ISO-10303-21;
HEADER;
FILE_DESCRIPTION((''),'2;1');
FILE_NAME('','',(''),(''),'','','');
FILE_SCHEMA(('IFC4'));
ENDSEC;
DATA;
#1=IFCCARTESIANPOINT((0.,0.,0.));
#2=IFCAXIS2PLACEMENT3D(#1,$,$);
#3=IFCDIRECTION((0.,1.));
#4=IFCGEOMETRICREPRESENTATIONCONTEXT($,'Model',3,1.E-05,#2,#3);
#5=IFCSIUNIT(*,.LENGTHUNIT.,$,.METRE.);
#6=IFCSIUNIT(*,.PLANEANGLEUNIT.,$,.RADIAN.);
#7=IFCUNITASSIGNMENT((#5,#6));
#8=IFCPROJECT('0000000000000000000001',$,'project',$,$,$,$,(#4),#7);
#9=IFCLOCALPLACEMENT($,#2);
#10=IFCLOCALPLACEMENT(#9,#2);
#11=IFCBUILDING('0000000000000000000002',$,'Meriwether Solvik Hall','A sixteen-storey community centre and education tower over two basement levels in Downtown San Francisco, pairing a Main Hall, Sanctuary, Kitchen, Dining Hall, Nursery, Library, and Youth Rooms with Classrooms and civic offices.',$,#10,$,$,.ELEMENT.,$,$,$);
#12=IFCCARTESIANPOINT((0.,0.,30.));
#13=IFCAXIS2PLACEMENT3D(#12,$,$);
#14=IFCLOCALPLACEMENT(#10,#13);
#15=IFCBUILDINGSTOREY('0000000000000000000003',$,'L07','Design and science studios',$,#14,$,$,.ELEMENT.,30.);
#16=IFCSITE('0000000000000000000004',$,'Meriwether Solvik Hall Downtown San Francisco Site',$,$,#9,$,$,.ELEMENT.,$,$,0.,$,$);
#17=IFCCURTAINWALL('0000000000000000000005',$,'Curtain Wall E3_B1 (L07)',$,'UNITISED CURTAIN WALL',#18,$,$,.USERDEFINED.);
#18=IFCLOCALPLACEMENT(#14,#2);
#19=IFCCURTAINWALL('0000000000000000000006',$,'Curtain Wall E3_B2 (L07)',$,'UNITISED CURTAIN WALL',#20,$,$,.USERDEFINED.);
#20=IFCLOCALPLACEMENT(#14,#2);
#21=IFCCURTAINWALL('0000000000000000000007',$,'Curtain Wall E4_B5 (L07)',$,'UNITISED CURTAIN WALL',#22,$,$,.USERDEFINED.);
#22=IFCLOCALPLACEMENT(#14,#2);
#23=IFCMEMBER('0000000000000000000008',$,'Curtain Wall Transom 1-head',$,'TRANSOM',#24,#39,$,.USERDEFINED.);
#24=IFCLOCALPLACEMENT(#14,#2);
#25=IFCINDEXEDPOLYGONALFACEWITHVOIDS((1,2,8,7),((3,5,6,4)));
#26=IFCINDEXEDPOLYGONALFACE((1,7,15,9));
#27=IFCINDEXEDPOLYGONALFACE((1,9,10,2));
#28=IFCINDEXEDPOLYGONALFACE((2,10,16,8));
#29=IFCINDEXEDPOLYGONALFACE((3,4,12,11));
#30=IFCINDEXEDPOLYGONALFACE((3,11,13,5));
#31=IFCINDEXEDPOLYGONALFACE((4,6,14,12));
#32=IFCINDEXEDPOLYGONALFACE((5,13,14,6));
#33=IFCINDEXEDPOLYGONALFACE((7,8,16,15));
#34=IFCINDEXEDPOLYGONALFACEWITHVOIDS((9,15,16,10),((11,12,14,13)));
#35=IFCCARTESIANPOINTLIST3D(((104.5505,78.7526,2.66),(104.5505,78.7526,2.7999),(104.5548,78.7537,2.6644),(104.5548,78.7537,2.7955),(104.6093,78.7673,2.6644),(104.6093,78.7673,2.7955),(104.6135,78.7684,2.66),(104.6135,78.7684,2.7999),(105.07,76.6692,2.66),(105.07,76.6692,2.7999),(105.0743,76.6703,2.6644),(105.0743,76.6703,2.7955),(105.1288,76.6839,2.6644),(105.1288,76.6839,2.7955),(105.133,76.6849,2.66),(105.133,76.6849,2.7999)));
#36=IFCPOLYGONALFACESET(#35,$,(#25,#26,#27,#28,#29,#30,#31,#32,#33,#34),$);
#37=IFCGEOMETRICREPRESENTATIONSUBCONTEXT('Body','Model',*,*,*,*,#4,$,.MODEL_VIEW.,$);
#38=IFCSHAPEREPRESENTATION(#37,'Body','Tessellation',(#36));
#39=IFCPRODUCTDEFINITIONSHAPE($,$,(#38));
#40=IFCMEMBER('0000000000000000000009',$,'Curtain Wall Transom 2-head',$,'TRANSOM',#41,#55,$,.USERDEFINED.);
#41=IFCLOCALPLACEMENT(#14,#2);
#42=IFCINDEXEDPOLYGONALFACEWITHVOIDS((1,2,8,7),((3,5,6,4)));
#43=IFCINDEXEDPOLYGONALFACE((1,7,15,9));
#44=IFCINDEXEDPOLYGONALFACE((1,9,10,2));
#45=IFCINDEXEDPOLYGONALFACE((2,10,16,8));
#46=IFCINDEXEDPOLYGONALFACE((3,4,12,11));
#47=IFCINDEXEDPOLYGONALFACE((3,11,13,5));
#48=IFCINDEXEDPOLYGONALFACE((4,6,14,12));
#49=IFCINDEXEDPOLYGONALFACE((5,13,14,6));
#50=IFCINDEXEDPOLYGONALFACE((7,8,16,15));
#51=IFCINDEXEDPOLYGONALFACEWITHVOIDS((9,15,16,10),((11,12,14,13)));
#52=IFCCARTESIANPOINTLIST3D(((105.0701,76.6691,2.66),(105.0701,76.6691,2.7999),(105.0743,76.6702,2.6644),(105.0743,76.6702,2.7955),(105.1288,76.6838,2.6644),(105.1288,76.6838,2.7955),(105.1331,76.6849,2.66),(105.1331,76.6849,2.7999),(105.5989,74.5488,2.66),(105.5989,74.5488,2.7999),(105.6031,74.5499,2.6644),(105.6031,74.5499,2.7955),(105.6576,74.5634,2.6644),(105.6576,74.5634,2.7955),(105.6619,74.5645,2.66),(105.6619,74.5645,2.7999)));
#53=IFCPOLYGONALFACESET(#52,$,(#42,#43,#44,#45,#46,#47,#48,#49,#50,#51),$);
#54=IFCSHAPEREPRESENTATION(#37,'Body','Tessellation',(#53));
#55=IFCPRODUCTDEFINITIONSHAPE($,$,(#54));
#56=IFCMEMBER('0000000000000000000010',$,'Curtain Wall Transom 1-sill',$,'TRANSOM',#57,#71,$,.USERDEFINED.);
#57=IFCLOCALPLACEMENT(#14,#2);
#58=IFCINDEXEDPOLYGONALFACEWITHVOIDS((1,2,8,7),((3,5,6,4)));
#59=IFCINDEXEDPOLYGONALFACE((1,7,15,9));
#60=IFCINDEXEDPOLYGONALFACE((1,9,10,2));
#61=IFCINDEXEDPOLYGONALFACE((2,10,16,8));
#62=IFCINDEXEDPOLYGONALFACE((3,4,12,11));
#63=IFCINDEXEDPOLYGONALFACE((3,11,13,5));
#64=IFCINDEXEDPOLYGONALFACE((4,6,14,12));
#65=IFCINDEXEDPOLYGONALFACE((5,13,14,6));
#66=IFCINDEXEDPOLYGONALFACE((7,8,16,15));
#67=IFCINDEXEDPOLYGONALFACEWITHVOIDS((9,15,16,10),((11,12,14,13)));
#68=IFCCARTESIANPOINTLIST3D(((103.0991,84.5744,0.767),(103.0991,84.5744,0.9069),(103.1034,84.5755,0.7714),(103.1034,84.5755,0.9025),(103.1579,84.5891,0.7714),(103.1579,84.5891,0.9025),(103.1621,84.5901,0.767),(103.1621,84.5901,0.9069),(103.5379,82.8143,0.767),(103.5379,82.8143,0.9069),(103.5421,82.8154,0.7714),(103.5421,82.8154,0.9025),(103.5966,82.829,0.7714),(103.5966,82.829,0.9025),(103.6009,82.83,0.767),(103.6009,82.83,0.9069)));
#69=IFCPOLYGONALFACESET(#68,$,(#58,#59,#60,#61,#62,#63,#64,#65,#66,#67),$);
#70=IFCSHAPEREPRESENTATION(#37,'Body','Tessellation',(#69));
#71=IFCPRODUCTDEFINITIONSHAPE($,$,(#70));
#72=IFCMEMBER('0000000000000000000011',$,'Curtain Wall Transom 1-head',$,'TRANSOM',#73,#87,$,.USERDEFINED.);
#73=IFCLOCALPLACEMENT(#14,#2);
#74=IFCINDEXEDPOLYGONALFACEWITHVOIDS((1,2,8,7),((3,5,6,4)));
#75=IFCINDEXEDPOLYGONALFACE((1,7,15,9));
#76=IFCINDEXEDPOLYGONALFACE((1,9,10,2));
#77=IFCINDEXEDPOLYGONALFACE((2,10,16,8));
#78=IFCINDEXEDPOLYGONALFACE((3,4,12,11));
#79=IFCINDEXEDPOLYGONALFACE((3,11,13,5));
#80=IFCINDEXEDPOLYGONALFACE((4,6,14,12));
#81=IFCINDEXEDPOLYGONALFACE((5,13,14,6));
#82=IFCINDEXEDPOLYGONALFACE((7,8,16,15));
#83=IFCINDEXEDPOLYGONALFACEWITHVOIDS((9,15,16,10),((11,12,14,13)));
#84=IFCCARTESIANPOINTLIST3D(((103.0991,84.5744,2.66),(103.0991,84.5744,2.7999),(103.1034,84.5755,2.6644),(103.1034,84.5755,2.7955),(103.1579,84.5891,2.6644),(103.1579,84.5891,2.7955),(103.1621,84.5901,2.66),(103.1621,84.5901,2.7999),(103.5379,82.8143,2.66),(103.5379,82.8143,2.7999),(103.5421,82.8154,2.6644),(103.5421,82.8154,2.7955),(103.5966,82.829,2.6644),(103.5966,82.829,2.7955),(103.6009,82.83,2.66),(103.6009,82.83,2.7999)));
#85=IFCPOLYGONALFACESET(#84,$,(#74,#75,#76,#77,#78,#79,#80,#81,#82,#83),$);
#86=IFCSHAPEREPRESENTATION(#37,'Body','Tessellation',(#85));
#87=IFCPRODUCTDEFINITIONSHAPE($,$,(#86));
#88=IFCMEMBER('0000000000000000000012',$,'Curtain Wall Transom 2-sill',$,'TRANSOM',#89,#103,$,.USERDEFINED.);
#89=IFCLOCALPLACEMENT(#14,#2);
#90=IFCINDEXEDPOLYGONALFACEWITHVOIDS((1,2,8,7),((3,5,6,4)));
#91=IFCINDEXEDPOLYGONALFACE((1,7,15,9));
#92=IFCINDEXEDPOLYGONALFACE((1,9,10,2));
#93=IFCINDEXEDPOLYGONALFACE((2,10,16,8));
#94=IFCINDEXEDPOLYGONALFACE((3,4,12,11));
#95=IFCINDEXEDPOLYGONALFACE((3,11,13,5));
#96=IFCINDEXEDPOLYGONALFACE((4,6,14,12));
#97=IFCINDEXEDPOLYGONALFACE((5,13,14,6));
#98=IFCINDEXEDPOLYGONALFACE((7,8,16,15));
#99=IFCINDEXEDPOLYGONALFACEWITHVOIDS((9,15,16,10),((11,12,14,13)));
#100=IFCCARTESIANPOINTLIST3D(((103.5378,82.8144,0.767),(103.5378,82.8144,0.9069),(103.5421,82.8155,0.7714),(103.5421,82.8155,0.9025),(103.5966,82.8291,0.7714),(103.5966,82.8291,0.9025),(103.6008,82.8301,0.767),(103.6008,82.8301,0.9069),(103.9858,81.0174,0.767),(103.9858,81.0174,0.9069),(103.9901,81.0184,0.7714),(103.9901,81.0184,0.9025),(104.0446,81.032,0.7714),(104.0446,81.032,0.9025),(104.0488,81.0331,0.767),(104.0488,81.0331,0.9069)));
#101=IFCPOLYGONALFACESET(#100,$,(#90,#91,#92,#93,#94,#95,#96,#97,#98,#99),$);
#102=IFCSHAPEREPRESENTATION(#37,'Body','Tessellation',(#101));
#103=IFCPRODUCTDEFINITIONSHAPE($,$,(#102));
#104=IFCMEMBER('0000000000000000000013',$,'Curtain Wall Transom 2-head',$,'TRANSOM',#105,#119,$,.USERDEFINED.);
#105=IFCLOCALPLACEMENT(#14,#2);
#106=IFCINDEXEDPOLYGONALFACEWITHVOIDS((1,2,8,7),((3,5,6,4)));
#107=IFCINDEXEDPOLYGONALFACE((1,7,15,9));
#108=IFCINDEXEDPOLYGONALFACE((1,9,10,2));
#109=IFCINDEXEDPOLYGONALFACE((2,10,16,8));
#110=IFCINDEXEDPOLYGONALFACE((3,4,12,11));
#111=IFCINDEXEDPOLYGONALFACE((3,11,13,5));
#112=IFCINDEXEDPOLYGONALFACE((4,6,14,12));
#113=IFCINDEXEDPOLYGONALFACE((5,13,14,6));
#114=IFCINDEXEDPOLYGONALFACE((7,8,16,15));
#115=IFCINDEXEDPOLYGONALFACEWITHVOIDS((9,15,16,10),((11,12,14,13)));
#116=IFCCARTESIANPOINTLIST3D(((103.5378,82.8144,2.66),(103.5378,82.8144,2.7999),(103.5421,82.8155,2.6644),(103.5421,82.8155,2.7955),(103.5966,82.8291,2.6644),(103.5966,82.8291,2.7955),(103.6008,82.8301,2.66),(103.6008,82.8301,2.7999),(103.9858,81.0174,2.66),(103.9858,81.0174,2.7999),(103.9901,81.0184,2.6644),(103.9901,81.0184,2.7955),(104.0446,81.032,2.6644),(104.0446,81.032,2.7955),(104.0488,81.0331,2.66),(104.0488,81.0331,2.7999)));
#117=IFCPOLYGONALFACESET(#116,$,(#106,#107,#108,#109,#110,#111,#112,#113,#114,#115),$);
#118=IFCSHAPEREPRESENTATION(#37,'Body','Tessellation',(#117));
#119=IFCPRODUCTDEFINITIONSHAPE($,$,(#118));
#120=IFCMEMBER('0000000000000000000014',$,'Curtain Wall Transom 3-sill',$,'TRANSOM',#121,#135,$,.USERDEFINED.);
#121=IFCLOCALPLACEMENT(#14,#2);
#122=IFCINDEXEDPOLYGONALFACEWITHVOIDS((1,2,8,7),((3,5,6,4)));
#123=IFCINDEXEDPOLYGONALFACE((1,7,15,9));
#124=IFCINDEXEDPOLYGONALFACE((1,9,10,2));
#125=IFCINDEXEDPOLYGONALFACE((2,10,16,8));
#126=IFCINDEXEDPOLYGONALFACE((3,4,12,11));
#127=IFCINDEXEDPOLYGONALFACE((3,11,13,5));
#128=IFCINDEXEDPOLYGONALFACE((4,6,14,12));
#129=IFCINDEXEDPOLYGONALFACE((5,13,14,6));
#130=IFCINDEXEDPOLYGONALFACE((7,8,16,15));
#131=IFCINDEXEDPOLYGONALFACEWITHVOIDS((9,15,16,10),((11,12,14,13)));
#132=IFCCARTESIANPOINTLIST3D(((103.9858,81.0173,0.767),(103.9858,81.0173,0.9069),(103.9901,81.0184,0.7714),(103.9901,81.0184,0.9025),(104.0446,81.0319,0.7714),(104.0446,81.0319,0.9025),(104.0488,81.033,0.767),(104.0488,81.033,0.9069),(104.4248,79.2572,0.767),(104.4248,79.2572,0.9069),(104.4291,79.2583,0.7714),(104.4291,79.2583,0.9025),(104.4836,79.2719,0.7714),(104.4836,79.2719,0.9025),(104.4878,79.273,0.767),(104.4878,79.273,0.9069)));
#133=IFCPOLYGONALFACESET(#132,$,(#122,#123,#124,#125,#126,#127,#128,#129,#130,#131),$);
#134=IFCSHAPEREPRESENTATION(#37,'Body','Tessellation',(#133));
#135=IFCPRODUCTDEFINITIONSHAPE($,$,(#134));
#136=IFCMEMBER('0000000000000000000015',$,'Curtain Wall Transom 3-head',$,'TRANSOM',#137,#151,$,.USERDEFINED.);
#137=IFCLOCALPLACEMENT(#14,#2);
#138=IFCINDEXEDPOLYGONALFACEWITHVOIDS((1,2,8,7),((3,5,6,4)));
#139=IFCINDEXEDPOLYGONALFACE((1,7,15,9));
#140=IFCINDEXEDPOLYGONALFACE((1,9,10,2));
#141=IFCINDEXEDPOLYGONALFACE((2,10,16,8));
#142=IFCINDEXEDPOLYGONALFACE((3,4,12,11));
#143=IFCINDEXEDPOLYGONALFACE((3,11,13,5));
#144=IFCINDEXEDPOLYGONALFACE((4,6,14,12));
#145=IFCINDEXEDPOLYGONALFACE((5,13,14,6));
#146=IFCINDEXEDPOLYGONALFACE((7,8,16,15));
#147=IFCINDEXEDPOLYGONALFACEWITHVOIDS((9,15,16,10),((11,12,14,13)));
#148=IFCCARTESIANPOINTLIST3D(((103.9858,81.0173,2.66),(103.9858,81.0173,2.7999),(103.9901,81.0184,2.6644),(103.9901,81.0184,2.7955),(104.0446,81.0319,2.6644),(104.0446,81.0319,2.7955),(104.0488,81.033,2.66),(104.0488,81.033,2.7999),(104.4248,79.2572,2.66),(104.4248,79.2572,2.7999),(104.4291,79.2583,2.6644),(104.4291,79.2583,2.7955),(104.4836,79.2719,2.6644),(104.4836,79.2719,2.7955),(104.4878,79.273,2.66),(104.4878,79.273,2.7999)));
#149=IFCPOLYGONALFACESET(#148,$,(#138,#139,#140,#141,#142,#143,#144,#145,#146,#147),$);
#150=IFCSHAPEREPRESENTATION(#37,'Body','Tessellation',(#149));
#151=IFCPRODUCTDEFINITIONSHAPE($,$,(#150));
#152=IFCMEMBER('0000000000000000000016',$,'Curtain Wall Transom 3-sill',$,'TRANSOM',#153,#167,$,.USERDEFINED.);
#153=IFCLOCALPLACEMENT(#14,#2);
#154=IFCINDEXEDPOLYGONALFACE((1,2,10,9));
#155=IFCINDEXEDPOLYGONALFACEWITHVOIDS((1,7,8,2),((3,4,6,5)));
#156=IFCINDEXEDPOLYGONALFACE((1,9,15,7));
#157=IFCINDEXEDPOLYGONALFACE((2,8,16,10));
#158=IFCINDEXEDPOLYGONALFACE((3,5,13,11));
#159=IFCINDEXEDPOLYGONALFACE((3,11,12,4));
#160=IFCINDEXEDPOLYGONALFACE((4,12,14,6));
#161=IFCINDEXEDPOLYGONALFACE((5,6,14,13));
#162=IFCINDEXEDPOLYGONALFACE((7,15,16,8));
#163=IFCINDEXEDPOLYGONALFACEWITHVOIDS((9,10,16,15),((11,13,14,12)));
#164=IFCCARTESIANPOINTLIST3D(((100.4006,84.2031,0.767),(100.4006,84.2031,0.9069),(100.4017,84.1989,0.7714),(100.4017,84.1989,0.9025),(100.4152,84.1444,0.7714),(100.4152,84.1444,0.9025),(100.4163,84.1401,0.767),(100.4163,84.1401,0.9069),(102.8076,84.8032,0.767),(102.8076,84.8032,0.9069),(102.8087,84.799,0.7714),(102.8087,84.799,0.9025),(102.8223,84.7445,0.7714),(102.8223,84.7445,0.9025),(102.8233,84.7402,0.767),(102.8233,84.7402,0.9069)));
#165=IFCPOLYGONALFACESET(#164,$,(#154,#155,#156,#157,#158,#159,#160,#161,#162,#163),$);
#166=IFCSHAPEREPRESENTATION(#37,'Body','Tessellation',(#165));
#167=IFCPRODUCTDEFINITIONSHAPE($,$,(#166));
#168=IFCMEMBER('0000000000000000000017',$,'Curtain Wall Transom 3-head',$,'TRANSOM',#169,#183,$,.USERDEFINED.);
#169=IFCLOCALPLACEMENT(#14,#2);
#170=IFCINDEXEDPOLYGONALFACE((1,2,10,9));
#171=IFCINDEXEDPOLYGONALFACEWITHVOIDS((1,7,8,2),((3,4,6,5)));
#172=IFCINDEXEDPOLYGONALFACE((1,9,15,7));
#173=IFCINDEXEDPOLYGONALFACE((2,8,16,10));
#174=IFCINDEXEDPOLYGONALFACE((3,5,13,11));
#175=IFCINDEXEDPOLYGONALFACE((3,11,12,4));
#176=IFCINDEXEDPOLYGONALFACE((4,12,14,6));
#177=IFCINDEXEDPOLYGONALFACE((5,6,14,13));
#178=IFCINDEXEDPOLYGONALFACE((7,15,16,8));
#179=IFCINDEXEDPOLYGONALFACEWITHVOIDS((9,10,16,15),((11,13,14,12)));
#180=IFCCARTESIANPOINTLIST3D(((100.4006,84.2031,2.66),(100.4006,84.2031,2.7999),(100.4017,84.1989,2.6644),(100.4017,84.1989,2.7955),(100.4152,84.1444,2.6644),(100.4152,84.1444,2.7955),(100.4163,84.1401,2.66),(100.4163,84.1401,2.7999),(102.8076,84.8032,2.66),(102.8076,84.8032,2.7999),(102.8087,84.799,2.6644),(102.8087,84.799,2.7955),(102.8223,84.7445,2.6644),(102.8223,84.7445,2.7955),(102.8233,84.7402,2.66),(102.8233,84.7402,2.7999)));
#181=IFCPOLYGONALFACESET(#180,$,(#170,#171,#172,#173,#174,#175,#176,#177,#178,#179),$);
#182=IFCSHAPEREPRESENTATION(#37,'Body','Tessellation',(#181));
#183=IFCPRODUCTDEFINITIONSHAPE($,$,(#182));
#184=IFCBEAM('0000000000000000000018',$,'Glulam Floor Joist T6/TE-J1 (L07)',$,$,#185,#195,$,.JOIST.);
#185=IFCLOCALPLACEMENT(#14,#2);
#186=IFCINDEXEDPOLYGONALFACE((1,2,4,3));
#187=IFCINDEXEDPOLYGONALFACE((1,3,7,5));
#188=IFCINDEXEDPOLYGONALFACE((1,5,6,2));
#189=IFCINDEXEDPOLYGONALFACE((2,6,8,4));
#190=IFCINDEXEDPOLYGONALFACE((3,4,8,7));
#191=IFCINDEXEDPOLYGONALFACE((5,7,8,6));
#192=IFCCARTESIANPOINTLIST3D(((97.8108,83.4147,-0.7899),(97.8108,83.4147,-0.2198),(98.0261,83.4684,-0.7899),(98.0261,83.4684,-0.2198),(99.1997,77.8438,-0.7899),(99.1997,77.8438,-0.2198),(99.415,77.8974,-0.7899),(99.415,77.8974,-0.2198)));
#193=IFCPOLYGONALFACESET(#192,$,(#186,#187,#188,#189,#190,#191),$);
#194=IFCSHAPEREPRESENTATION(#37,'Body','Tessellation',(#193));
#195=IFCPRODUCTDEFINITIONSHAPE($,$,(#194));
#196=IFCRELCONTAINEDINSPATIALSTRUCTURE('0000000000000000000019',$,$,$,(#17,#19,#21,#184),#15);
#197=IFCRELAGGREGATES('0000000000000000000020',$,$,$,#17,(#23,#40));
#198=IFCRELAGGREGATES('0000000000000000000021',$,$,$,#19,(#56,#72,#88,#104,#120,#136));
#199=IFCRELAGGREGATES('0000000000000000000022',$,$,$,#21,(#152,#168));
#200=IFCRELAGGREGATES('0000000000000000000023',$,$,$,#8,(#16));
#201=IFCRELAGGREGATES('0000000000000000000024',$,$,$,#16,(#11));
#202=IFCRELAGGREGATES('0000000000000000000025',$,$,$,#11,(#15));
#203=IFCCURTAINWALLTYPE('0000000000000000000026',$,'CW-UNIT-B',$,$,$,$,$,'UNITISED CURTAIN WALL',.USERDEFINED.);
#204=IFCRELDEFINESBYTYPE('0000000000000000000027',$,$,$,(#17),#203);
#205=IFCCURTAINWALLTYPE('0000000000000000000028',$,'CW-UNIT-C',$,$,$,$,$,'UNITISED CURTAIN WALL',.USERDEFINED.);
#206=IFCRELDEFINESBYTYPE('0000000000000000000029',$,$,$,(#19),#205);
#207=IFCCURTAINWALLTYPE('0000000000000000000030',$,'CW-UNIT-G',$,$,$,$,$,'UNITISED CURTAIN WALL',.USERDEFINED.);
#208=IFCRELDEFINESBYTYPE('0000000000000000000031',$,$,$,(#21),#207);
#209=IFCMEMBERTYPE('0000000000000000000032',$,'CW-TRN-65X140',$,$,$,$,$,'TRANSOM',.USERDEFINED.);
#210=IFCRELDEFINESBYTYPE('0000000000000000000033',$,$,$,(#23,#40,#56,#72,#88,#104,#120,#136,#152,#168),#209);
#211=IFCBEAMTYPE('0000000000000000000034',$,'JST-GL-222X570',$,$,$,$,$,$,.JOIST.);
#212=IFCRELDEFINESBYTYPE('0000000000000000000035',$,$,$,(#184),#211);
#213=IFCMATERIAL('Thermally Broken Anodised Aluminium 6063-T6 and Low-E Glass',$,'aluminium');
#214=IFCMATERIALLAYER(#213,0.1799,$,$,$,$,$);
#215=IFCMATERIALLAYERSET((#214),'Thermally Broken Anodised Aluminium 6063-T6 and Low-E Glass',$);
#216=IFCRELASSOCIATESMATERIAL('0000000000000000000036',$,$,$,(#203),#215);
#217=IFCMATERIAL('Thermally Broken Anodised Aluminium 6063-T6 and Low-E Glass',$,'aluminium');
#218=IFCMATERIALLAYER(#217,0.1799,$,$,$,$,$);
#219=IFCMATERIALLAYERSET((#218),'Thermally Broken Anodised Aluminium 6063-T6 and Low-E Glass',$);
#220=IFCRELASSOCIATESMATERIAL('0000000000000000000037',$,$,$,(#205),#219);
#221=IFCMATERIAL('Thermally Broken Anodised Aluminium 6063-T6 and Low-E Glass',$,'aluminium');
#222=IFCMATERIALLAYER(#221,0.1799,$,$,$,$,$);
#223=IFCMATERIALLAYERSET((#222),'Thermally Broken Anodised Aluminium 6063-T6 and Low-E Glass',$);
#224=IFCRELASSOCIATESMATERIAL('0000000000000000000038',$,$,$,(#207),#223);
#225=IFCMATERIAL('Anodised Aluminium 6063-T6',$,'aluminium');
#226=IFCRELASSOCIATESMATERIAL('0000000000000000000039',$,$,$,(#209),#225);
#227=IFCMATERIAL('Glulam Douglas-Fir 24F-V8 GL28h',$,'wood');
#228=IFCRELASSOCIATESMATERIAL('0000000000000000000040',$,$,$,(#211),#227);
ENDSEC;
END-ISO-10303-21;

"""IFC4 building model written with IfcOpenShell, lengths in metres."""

from ifc_helpers import new_model, si_unit, direction, frame, origin, origin_2d, place, context, subcontext, project, spatial, rectangle, hollow_rectangle, extrude, material, layer, layer_set, material_profile, profile_set, type_object, element, aggregate, save


model = new_model("IFC4")

# Units and contexts
model_context = context("Model", 3, precision=1e-05, world=origin(), true_north=direction((0.0, 1.0)))
body_context = subcontext(model_context, "Body", "Model", "MODEL_VIEW")
ifc_project = project(units=[si_unit("LENGTHUNIT", "METRE"), si_unit("PLANEANGLEUNIT", "RADIAN")], contexts=[model_context])

# Site, building, storey
site_placement = place(None, origin())
site = spatial("IfcSite", under=ifc_project, at=site_placement, Name="Meriwether Solvik Hall Downtown San Francisco Site", CompositionType="ELEMENT", RefElevation=0.0)
building_placement = place(site_placement, origin())
building = spatial("IfcBuilding", under=site, at=building_placement, Name="Meriwether Solvik Hall", Description="A sixteen-storey community centre and education tower over two basement levels in Downtown San Francisco, pairing a Main Hall, Sanctuary, Kitchen, Dining Hall, Nursery, Library, and Youth Rooms with Classrooms and civic offices.", CompositionType="ELEMENT")
storey_placement = place(building_placement, frame((0.0, 0.0, 30.0)))
storey = spatial("IfcBuildingStorey", under=building, at=storey_placement, Name="L07", Description="Design and science studios", CompositionType="ELEMENT", Elevation=30.0)

# Curtain wall
ifc_material_1 = material(Name="Thermally Broken Anodised Aluminium 6063-T6 and Low-E Glass", Category="aluminium")
ifc_layer_1 = layer(ifc_material_1, 0.1799)
ifc_layer_set_1 = layer_set([ifc_layer_1], Name="Thermally Broken Anodised Aluminium 6063-T6 and Low-E Glass")
curtain_wall_type_1 = type_object("IfcCurtainWallType", Name="CW-UNIT-B", ElementType="UNITISED CURTAIN WALL", PredefinedType="USERDEFINED", material=ifc_layer_set_1)
curtain_wall_1_placement = place(storey_placement, origin())
curtain_wall_1 = element("IfcCurtainWall", 1, at=curtain_wall_1_placement, inside=storey, type_object=curtain_wall_type_1, Name="Curtain Wall E3_B1 (L07)", ObjectType="UNITISED CURTAIN WALL", PredefinedType="USERDEFINED")

# Curtain walls
ifc_material_2 = material(Name="Thermally Broken Anodised Aluminium 6063-T6 and Low-E Glass", Category="aluminium")
ifc_layer_2 = layer(ifc_material_2, 0.1799)
ifc_layer_set_2 = layer_set([ifc_layer_2], Name="Thermally Broken Anodised Aluminium 6063-T6 and Low-E Glass")
curtain_wall_type_2 = type_object("IfcCurtainWallType", Name="CW-UNIT-C", ElementType="UNITISED CURTAIN WALL", PredefinedType="USERDEFINED", material=ifc_layer_set_2)
curtain_wall_2_placement = place(storey_placement, origin())
curtain_wall_2 = element("IfcCurtainWall", 2, at=curtain_wall_2_placement, inside=storey, type_object=curtain_wall_type_2, Name="Curtain Wall E3_B2 (L07)", ObjectType="UNITISED CURTAIN WALL", PredefinedType="USERDEFINED")
ifc_material_3 = material(Name="Thermally Broken Anodised Aluminium 6063-T6 and Low-E Glass", Category="aluminium")
ifc_layer_3 = layer(ifc_material_3, 0.1799)
ifc_layer_set_3 = layer_set([ifc_layer_3], Name="Thermally Broken Anodised Aluminium 6063-T6 and Low-E Glass")
curtain_wall_type_3 = type_object("IfcCurtainWallType", Name="CW-UNIT-G", ElementType="UNITISED CURTAIN WALL", PredefinedType="USERDEFINED", material=ifc_layer_set_3)
curtain_wall_3_placement = place(storey_placement, origin())
curtain_wall_3 = element("IfcCurtainWall", 3, at=curtain_wall_3_placement, inside=storey, type_object=curtain_wall_type_3, Name="Curtain Wall E4_B5 (L07)", ObjectType="UNITISED CURTAIN WALL", PredefinedType="USERDEFINED")

# Members
ifc_material_4 = material(Name="Anodised Aluminium 6063-T6", Category="aluminium")
ifc_material_profile_1 = material_profile(ifc_material_4, hollow_rectangle(XDim=0.0649, YDim=0.1399, WallThickness=0.0044, at=origin_2d()), Name="CWT-65X140")
ifc_profile_set_1 = profile_set([ifc_material_profile_1], Name="Anodised Aluminium 6063-T6")
member_type_1 = type_object("IfcMemberType", Name="CW-TRN-65X140", ElementType="TRANSOM", PredefinedType="USERDEFINED", material=ifc_profile_set_1)
member_1_placement = place(storey_placement, frame((104.582, 78.7605, 2.73), z_axis=(0.241947, -0.970289, 0.0), x_axis=(0.970289, 0.241947, 0.0)))
member_1 = element("IfcMember", 4, at=member_1_placement, type_object=member_type_1, Name="Curtain Wall Transom 1-head", ObjectType="TRANSOM", PredefinedType="USERDEFINED", context=body_context, shape_type="SweptSolid", body=[
    extrude(hollow_rectangle(XDim=0.0649, YDim=0.1399, WallThickness=0.0044, at=origin_2d()), origin(), (0.0, 0.0, 1.0), 2.1472),
])
member_2_placement = place(storey_placement, frame((105.1016, 76.677, 2.73), z_axis=(0.241984, -0.97028, 0.0), x_axis=(0.97028, 0.241984, 0.0)))
member_2 = element("IfcMember", 5, at=member_2_placement, type_object=member_type_1, Name="Curtain Wall Transom 2-head", ObjectType="TRANSOM", PredefinedType="USERDEFINED", context=body_context, shape_type="SweptSolid", body=[
    extrude(hollow_rectangle(XDim=0.0649, YDim=0.1399, WallThickness=0.0044, at=origin_2d()), origin(), (0.0, 0.0, 1.0), 2.1853),
])
member_3_placement = place(storey_placement, frame((103.1306, 84.5823, 0.8369), z_axis=(0.241871, -0.970309, 0.0), x_axis=(0.970309, 0.241871, 0.0)))
member_3 = element("IfcMember", 6, at=member_3_placement, type_object=member_type_1, Name="Curtain Wall Transom 1-sill", ObjectType="TRANSOM", PredefinedType="USERDEFINED", context=body_context, shape_type="SweptSolid", body=[
    extrude(hollow_rectangle(XDim=0.0649, YDim=0.1399, WallThickness=0.0044, at=origin_2d()), origin(), (0.0, 0.0, 1.0), 1.814),
])
member_4_placement = place(storey_placement, frame((103.1306, 84.5823, 2.73), z_axis=(0.241871, -0.970309, 0.0), x_axis=(0.970309, 0.241871, 0.0)))
member_4 = element("IfcMember", 7, at=member_4_placement, type_object=member_type_1, Name="Curtain Wall Transom 1-head", ObjectType="TRANSOM", PredefinedType="USERDEFINED", context=body_context, shape_type="SweptSolid", body=[
    extrude(hollow_rectangle(XDim=0.0649, YDim=0.1399, WallThickness=0.0044, at=origin_2d()), origin(), (0.0, 0.0, 1.0), 1.814),
])
member_5_placement = place(storey_placement, frame((103.5693, 82.8223, 0.8369), z_axis=(0.241884, -0.970305, 0.0), x_axis=(0.970305, 0.241884, 0.0)))
member_5 = element("IfcMember", 8, at=member_5_placement, type_object=member_type_1, Name="Curtain Wall Transom 2-sill", ObjectType="TRANSOM", PredefinedType="USERDEFINED", context=body_context, shape_type="SweptSolid", body=[
    extrude(hollow_rectangle(XDim=0.0649, YDim=0.1399, WallThickness=0.0044, at=origin_2d()), origin(), (0.0, 0.0, 1.0), 1.8521),
])
member_6_placement = place(storey_placement, frame((103.5693, 82.8223, 2.73), z_axis=(0.241884, -0.970305, 0.0), x_axis=(0.970305, 0.241884, 0.0)))
member_6 = element("IfcMember", 9, at=member_6_placement, type_object=member_type_1, Name="Curtain Wall Transom 2-head", ObjectType="TRANSOM", PredefinedType="USERDEFINED", context=body_context, shape_type="SweptSolid", body=[
    extrude(hollow_rectangle(XDim=0.0649, YDim=0.1399, WallThickness=0.0044, at=origin_2d()), origin(), (0.0, 0.0, 1.0), 1.8521),
])
member_7_placement = place(storey_placement, frame((104.0173, 81.0251, 0.8369), z_axis=(0.241997, -0.970277, 0.0), x_axis=(0.970277, 0.241997, 0.0)))
member_7 = element("IfcMember", 10, at=member_7_placement, type_object=member_type_1, Name="Curtain Wall Transom 3-sill", ObjectType="TRANSOM", PredefinedType="USERDEFINED", context=body_context, shape_type="SweptSolid", body=[
    extrude(hollow_rectangle(XDim=0.0649, YDim=0.1399, WallThickness=0.0044, at=origin_2d()), origin(), (0.0, 0.0, 1.0), 1.814),
])
member_8_placement = place(storey_placement, frame((104.0173, 81.0251, 2.73), z_axis=(0.241997, -0.970277, 0.0), x_axis=(0.970277, 0.241997, 0.0)))
member_8 = element("IfcMember", 11, at=member_8_placement, type_object=member_type_1, Name="Curtain Wall Transom 3-head", ObjectType="TRANSOM", PredefinedType="USERDEFINED", context=body_context, shape_type="SweptSolid", body=[
    extrude(hollow_rectangle(XDim=0.0649, YDim=0.1399, WallThickness=0.0044, at=origin_2d()), origin(), (0.0, 0.0, 1.0), 1.814),
])
member_9_placement = place(storey_placement, frame((100.4084, 84.1716, 0.8369), z_axis=(0.970299, 0.24191, 0.0), x_axis=(-0.24191, 0.970299, 0.0)))
member_9 = element("IfcMember", 12, at=member_9_placement, type_object=member_type_1, Name="Curtain Wall Transom 3-sill", ObjectType="TRANSOM", PredefinedType="USERDEFINED", context=body_context, shape_type="SweptSolid", body=[
    extrude(hollow_rectangle(XDim=0.0649, YDim=0.1399, WallThickness=0.0044, at=origin_2d()), origin(), (0.0, 0.0, 1.0), 2.4807),
])
member_10_placement = place(storey_placement, frame((100.4084, 84.1716, 2.73), z_axis=(0.970299, 0.24191, 0.0), x_axis=(-0.24191, 0.970299, 0.0)))
member_10 = element("IfcMember", 13, at=member_10_placement, type_object=member_type_1, Name="Curtain Wall Transom 3-head", ObjectType="TRANSOM", PredefinedType="USERDEFINED", context=body_context, shape_type="SweptSolid", body=[
    extrude(hollow_rectangle(XDim=0.0649, YDim=0.1399, WallThickness=0.0044, at=origin_2d()), origin(), (0.0, 0.0, 1.0), 2.4807),
])

# Beam
ifc_material_5 = material(Name="Glulam Douglas-Fir 24F-V8 GL28h", Category="wood")
ifc_material_profile_2 = material_profile(ifc_material_5, rectangle(XDim=0.2219, YDim=0.5701, at=origin_2d()), Name="GLJ-222X570")
ifc_profile_set_2 = profile_set([ifc_material_profile_2], Name="Glulam Douglas-Fir 24F-V8 GL28h")
beam_type_1 = type_object("IfcBeamType", Name="JST-GL-222X570", PredefinedType="JOIST", material=ifc_profile_set_2)
for number, where, z_axis, x_axis, name in (
    (14, (99.3074, 77.8706, -0.5049), (-0.241915, 0.970297, 0.0), (-0.970297, -0.241915, 0.0), "Glulam Floor Joist T6/TE-J1 (L07)"),
):
    element("IfcBeam", number, at=place(storey_placement, frame(where, z_axis=z_axis, x_axis=x_axis)), inside=storey, type_object=beam_type_1, Name=name, PredefinedType="JOIST", context=body_context, shape_type="SweptSolid", body=[
        extrude(rectangle(XDim=0.2219, YDim=0.5701, at=origin_2d()), origin(), (0.0, 0.0, 1.0), 5.7415),
    ])

aggregate(curtain_wall_1, [member_1, member_2])
aggregate(curtain_wall_2, [member_3, member_4, member_5, member_6, member_7, member_8])
aggregate(curtain_wall_3, [member_9, member_10])

save(model, "model.ifc")
